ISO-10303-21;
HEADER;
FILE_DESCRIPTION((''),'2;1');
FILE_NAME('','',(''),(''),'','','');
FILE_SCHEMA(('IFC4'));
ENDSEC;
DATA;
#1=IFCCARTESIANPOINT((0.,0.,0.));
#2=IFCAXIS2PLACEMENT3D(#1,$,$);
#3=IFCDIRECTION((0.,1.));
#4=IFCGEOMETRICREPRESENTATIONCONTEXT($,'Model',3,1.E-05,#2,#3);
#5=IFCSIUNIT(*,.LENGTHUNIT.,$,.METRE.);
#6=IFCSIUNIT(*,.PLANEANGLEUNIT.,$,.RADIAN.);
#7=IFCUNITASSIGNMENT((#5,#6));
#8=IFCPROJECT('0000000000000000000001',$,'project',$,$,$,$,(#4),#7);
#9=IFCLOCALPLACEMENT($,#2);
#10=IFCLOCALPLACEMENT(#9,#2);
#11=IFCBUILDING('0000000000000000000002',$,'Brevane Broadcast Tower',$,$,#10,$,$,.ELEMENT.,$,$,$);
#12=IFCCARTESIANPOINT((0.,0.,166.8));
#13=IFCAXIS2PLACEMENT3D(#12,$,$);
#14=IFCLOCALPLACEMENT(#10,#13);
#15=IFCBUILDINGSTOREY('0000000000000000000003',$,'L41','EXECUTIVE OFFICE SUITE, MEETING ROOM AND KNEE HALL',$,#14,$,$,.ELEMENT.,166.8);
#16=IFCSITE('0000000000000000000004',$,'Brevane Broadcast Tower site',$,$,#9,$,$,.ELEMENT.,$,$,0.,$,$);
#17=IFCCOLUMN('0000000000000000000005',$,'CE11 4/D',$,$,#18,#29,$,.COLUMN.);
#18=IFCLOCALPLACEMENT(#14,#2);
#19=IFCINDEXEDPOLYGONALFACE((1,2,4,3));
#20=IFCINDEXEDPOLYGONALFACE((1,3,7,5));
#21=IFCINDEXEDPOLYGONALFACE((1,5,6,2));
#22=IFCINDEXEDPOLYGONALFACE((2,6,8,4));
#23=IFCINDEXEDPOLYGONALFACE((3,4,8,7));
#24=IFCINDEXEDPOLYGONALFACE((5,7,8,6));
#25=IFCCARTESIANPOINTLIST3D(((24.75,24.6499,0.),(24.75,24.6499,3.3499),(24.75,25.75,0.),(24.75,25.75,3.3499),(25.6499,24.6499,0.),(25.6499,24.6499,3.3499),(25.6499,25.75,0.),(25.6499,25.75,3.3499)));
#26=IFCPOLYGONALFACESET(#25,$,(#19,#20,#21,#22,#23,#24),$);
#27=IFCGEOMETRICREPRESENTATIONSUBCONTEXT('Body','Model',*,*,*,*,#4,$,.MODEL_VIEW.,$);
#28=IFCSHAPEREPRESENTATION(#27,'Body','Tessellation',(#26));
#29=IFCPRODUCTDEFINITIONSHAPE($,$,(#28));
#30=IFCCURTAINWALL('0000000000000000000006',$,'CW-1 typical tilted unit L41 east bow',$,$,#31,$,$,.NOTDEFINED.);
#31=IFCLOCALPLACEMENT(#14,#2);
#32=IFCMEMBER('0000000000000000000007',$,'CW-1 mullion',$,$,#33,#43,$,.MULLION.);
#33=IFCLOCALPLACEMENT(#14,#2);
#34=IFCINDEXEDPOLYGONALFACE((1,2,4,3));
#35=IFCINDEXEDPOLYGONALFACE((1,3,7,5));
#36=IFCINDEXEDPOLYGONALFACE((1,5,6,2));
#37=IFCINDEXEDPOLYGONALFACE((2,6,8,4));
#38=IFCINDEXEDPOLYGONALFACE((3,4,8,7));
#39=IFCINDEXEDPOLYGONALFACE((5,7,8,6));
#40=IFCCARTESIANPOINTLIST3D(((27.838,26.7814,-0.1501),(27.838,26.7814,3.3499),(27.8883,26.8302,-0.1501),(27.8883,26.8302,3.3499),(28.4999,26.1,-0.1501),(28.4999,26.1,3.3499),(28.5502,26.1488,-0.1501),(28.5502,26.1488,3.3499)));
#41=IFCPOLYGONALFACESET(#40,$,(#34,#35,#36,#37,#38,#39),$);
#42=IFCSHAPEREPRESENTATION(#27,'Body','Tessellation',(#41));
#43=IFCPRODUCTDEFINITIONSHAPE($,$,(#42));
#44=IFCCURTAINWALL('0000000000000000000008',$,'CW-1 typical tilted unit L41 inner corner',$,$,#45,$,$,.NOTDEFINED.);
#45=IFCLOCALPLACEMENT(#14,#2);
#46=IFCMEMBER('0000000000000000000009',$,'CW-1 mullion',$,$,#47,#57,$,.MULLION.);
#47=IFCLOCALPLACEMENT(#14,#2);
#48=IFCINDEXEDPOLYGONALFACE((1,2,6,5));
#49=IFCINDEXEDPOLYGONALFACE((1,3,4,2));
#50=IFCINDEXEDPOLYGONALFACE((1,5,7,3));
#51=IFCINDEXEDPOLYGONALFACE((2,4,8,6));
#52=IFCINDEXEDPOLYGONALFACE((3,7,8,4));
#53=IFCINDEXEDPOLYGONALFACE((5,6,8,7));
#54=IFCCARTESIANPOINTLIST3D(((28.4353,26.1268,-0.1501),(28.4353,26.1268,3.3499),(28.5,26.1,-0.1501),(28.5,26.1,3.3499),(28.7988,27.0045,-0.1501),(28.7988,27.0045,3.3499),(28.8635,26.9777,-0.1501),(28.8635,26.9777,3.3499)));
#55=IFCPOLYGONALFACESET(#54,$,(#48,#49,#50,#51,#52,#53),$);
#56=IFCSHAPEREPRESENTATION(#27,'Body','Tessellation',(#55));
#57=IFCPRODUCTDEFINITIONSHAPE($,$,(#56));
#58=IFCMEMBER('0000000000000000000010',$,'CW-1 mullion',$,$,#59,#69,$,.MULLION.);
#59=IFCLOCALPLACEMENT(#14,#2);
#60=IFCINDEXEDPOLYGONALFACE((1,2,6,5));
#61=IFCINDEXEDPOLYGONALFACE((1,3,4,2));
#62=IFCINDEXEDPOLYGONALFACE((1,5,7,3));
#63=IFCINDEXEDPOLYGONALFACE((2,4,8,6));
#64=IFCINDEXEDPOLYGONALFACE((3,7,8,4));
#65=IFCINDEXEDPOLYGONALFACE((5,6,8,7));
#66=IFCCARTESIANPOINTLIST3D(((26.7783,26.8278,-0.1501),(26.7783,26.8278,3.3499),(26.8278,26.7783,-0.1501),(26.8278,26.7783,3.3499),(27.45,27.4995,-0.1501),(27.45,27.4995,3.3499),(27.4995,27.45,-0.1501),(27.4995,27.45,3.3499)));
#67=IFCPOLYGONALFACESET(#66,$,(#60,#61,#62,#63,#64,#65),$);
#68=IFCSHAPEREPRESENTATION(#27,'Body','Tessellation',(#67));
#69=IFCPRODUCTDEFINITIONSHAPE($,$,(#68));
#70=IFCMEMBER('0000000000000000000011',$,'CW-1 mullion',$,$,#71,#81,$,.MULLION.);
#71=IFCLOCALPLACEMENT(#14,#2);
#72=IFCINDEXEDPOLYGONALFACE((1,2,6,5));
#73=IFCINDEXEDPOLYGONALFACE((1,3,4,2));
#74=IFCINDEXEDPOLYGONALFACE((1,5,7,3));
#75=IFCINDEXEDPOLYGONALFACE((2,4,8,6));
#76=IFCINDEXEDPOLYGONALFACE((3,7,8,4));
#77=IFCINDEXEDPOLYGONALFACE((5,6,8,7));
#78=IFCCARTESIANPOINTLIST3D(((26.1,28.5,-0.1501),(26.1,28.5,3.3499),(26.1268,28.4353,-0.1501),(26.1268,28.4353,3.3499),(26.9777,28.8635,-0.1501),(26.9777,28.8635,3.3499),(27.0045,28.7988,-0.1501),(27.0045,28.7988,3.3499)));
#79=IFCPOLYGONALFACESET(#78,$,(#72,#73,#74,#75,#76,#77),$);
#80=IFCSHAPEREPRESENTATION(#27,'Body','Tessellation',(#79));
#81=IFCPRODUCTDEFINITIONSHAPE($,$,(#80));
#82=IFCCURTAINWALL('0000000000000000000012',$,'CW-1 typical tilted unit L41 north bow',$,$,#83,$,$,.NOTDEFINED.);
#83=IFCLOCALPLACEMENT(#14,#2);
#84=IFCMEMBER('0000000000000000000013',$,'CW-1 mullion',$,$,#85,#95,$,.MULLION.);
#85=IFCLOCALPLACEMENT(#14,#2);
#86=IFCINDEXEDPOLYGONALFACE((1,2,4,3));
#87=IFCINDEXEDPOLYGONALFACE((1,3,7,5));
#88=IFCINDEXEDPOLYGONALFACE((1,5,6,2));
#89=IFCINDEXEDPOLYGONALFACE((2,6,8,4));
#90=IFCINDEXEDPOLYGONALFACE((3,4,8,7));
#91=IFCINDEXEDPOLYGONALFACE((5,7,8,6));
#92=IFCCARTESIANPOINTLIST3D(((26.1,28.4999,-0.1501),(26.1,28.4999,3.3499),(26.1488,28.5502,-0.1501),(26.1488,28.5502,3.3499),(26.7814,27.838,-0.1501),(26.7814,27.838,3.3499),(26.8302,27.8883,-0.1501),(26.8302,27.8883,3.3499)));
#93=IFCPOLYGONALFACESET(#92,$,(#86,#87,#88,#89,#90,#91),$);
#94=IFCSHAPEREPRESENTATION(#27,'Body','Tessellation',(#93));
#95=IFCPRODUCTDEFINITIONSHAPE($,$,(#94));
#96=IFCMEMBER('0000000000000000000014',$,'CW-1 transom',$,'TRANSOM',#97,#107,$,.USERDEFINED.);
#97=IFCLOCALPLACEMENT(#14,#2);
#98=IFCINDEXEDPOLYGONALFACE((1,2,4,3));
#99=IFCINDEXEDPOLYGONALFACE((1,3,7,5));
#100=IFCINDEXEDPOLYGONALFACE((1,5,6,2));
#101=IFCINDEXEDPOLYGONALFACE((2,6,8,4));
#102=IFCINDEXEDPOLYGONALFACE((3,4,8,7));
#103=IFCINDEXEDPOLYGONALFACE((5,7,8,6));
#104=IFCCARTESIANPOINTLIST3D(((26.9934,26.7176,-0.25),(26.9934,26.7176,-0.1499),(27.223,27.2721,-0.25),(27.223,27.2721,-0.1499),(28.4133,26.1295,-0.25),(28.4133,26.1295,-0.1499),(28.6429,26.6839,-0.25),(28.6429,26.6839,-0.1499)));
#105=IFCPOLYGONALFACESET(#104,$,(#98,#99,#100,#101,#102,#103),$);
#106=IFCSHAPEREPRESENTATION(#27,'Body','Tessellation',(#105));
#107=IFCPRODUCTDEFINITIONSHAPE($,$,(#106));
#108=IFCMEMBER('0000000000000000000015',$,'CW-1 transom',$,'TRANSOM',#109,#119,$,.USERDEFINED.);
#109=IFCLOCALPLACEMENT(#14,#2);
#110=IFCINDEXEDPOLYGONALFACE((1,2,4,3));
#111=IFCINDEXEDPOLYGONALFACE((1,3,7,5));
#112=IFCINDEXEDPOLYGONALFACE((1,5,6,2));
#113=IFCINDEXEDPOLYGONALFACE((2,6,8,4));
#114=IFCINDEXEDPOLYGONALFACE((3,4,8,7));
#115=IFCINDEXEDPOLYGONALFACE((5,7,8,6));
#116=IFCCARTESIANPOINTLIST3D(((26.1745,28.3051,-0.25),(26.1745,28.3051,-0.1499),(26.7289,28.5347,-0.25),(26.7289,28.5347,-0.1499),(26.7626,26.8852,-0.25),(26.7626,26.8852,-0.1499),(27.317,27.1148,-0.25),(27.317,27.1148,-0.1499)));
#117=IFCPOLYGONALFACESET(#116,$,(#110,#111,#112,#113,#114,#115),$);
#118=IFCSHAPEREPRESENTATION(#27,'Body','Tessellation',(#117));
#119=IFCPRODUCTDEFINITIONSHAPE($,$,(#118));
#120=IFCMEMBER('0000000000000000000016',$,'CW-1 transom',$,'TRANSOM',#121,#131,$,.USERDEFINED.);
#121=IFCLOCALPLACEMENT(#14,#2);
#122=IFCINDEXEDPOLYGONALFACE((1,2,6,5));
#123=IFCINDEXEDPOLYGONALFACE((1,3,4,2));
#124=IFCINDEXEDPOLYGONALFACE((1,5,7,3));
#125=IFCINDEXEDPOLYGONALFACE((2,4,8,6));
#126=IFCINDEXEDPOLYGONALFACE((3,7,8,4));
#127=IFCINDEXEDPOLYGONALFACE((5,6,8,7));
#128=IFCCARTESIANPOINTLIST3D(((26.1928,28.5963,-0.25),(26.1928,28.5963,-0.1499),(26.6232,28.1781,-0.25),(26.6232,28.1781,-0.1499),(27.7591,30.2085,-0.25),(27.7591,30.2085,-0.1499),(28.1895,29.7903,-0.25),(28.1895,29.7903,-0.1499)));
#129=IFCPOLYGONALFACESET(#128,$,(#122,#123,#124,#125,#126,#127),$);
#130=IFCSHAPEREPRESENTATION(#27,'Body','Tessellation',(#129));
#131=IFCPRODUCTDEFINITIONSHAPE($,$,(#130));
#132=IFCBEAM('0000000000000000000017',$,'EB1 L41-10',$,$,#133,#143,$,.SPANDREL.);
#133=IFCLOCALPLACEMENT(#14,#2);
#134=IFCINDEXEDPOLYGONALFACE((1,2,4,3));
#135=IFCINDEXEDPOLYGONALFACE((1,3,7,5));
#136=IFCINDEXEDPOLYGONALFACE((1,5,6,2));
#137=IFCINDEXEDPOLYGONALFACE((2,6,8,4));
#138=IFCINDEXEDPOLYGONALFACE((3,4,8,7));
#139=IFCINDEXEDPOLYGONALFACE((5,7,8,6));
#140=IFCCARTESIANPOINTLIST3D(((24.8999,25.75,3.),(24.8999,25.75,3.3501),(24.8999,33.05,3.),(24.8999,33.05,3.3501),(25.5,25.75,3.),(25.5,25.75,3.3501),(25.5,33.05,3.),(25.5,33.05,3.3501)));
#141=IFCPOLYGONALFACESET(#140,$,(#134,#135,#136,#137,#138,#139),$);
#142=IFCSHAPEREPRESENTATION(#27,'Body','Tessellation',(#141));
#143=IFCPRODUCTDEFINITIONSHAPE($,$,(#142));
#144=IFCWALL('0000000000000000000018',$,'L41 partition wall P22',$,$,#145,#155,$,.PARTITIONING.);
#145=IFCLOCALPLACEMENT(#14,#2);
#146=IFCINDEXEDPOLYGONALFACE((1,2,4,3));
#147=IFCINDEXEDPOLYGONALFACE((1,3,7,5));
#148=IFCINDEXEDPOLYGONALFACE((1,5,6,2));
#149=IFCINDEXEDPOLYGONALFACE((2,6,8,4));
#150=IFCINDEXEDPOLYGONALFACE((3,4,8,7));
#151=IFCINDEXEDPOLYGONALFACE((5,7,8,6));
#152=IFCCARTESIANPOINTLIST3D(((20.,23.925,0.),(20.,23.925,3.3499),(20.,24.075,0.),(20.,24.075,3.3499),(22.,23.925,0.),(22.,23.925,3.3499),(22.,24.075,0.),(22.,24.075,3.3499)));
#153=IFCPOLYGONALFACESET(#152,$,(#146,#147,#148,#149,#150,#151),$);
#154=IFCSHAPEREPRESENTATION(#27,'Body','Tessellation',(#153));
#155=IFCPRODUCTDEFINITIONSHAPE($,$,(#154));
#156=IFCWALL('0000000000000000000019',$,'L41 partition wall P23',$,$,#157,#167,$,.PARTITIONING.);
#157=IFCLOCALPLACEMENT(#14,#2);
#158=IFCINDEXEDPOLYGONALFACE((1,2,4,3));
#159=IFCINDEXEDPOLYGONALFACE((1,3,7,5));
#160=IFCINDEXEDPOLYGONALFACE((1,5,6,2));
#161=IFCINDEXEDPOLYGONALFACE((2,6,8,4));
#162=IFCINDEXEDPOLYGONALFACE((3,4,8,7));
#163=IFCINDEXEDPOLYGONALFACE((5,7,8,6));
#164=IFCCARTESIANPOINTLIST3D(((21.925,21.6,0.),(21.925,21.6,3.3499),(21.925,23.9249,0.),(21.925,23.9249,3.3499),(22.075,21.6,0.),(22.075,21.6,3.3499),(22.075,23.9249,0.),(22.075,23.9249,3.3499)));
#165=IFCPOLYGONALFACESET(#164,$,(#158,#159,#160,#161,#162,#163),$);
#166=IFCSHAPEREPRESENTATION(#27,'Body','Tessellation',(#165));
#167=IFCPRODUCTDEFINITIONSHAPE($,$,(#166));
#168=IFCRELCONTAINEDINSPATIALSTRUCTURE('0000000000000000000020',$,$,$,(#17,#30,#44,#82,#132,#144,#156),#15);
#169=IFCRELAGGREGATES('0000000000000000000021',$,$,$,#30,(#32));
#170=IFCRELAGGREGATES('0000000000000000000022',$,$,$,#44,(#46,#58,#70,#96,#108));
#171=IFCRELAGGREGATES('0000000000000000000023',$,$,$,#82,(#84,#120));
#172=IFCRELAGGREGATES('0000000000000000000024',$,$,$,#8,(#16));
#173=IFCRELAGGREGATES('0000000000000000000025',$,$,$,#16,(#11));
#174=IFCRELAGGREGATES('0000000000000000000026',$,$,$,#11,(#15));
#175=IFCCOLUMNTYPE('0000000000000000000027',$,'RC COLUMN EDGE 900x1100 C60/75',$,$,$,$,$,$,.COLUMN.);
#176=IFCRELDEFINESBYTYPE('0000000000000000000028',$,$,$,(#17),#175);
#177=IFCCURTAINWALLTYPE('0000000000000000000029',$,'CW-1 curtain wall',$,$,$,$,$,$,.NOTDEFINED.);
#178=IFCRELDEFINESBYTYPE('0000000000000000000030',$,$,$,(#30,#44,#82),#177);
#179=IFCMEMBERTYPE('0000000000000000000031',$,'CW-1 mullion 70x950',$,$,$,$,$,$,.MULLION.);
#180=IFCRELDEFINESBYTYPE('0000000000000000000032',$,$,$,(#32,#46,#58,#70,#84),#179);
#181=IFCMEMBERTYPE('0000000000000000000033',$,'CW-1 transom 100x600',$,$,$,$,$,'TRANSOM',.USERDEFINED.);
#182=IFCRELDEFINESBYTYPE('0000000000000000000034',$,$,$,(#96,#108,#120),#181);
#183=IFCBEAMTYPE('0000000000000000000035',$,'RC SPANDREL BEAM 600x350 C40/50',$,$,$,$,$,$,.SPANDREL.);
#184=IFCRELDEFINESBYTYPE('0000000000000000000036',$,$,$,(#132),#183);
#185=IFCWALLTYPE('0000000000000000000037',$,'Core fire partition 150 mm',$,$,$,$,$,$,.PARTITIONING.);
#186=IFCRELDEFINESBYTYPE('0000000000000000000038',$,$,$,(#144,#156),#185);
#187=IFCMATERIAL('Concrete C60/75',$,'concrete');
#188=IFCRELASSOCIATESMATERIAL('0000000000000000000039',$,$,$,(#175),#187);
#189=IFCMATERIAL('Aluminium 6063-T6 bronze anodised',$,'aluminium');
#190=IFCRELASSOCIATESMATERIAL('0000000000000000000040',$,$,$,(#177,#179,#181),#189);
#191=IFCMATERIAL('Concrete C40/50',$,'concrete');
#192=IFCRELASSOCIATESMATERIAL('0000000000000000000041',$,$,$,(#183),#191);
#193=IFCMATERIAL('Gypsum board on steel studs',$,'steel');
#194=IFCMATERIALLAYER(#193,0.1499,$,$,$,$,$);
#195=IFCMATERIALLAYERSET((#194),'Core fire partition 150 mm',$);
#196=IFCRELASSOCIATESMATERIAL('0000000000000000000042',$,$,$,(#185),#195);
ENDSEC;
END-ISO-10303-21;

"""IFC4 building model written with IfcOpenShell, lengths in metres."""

from ifc_helpers import new_model, si_unit, direction, frame, frame_2d, origin, origin_2d, place, context, subcontext, project, spatial, rectangle, extrude, material, layer, layer_set, material_profile, profile_set, type_object, element, aggregate, save


model = new_model("IFC4")

# Units and contexts
model_context = context("Model", 3, precision=1e-05, world=origin(), true_north=direction((0.0, 1.0)))
body_context = subcontext(model_context, "Body", "Model", "MODEL_VIEW")
ifc_project = project(units=[si_unit("LENGTHUNIT", "METRE"), si_unit("PLANEANGLEUNIT", "RADIAN")], contexts=[model_context])

# Site, building, storey
site_placement = place(None, origin())
site = spatial("IfcSite", under=ifc_project, at=site_placement, Name="Brevane Broadcast Tower site", CompositionType="ELEMENT", RefElevation=0.0)
building_placement = place(site_placement, origin())
building = spatial("IfcBuilding", under=site, at=building_placement, Name="Brevane Broadcast Tower", CompositionType="ELEMENT")
storey_placement = place(building_placement, frame((0.0, 0.0, 166.8)))
storey = spatial("IfcBuildingStorey", under=building, at=storey_placement, Name="L41", Description="EXECUTIVE OFFICE SUITE, MEETING ROOM AND KNEE HALL", CompositionType="ELEMENT", Elevation=166.8)

# Column
ifc_material_1 = material(Name="Concrete C60/75", Category="concrete")
ifc_material_profile_1 = material_profile(ifc_material_1, rectangle(XDim=0.8999, YDim=1.1001, at=origin_2d()), Name="RC 900x1100")
ifc_profile_set_1 = profile_set([ifc_material_profile_1], Name="Concrete C60/75")
column_type = type_object("IfcColumnType", Name="RC COLUMN EDGE 900x1100 C60/75", PredefinedType="COLUMN", material=ifc_profile_set_1)
column_placement = place(storey_placement, frame((25.2, 25.2, 0.0), z_axis=(0.0, 0.0, 1.0), x_axis=(1.0, 0.0, 0.0)))
element("IfcColumn", 1, at=column_placement, inside=storey, type_object=column_type, Name="CE11 4/D", PredefinedType="COLUMN", context=body_context, shape_type="SweptSolid", body=[
    extrude(rectangle(XDim=0.8999, YDim=1.1001, at=origin_2d()), origin(), (0.0, 0.0, 1.0), 3.3499),
])

# Curtain wall, member
ifc_material_2 = material(Name="Aluminium 6063-T6 bronze anodised", Category="aluminium")
curtain_wall_type = type_object("IfcCurtainWallType", Name="CW-1 curtain wall", PredefinedType="NOTDEFINED", material=ifc_material_2)
curtain_wall_1_placement = place(storey_placement, origin())
curtain_wall_1 = element("IfcCurtainWall", 2, at=curtain_wall_1_placement, inside=storey, type_object=curtain_wall_type, Name="CW-1 typical tilted unit L41 east bow", PredefinedType="NOTDEFINED")
ifc_material_profile_2 = material_profile(ifc_material_2, rectangle(XDim=0.95, YDim=0.0701, at=origin_2d()), Name="RECT 70x950")
ifc_profile_set_2 = profile_set([ifc_material_profile_2], Name="Aluminium 6063-T6 bronze anodised")
member_type_1 = type_object("IfcMemberType", Name="CW-1 mullion 70x950", PredefinedType="MULLION", material=ifc_profile_set_2)
member_1_placement = place(storey_placement, frame((28.1941, 26.4651, -0.1501), z_axis=(0.0, 0.0, 1.0), x_axis=(0.696812, -0.717254, 0.0)))
member_1 = element("IfcMember", 3, at=member_1_placement, type_object=member_type_1, Name="CW-1 mullion", PredefinedType="MULLION", context=body_context, shape_type="SweptSolid", body=[
    extrude(rectangle(XDim=0.95, YDim=0.0701, at=origin_2d()), origin(), (0.0, 0.0, 1.0), 3.5),
])
aggregate(curtain_wall_1, [member_1])

# Curtain wall, members
curtain_wall_2_placement = place(storey_placement, origin())
curtain_wall_2 = element("IfcCurtainWall", 4, at=curtain_wall_2_placement, inside=storey, type_object=curtain_wall_type, Name="CW-1 typical tilted unit L41 inner corner", PredefinedType="NOTDEFINED")
member_2_placement = place(storey_placement, frame((28.6494, 26.5522, -0.1501), z_axis=(0.0, 0.0, 1.0), x_axis=(-0.382683, -0.92388, 0.0)))
member_2 = element("IfcMember", 5, at=member_2_placement, type_object=member_type_1, Name="CW-1 mullion", PredefinedType="MULLION", context=body_context, shape_type="SweptSolid", body=[
    extrude(rectangle(XDim=0.95, YDim=0.0701, at=origin_2d()), origin(), (0.0, 0.0, 1.0), 3.5),
])
member_3_placement = place(storey_placement, frame((27.1389, 27.1389, -0.1501), z_axis=(0.0, 0.0, 1.0), x_axis=(-0.707107, -0.707107, 0.0)))
member_3 = element("IfcMember", 6, at=member_3_placement, type_object=member_type_1, Name="CW-1 mullion", PredefinedType="MULLION", context=body_context, shape_type="SweptSolid", body=[
    extrude(rectangle(XDim=0.95, YDim=0.0701, at=origin_2d()), origin(), (0.0, 0.0, 1.0), 3.5),
])
member_4_placement = place(storey_placement, frame((26.5522, 28.6494, -0.1501), z_axis=(0.0, 0.0, 1.0), x_axis=(-0.92388, -0.382683, 0.0)))
member_4 = element("IfcMember", 7, at=member_4_placement, type_object=member_type_1, Name="CW-1 mullion", PredefinedType="MULLION", context=body_context, shape_type="SweptSolid", body=[
    extrude(rectangle(XDim=0.95, YDim=0.0701, at=origin_2d()), origin(), (0.0, 0.0, 1.0), 3.5),
])

# Curtain wall, member
curtain_wall_3_placement = place(storey_placement, origin())
curtain_wall_3 = element("IfcCurtainWall", 8, at=curtain_wall_3_placement, inside=storey, type_object=curtain_wall_type, Name="CW-1 typical tilted unit L41 north bow", PredefinedType="NOTDEFINED")
member_5_placement = place(storey_placement, frame((26.4651, 28.1941, -0.1501), z_axis=(0.0, 0.0, 1.0), x_axis=(-0.717254, 0.696812, 0.0)))
member_5 = element("IfcMember", 9, at=member_5_placement, type_object=member_type_1, Name="CW-1 mullion", PredefinedType="MULLION", context=body_context, shape_type="SweptSolid", body=[
    extrude(rectangle(XDim=0.95, YDim=0.0701, at=origin_2d()), origin(), (0.0, 0.0, 1.0), 3.5),
])

# Members
ifc_material_profile_3 = material_profile(ifc_material_2, rectangle(XDim=0.6001, YDim=0.1001, at=origin_2d()), Name="RECT 100x600")
ifc_profile_set_3 = profile_set([ifc_material_profile_3], Name="Aluminium 6063-T6 bronze anodised")
member_type_2 = type_object("IfcMemberType", Name="CW-1 transom 100x600", ElementType="TRANSOM", PredefinedType="USERDEFINED", material=ifc_profile_set_3)
member_6_placement = place(storey_placement, frame((28.5281, 26.4067, -0.2), z_axis=(-0.923883, 0.382674, 0.0), x_axis=(-0.382674, -0.923883, 0.0)))
member_6 = element("IfcMember", 10, at=member_6_placement, type_object=member_type_2, Name="CW-1 transom", ObjectType="TRANSOM", PredefinedType="USERDEFINED", context=body_context, shape_type="SweptSolid", body=[
    extrude(rectangle(XDim=0.6001, YDim=0.1001, at=origin_2d()), origin(), (0.0, 0.0, 1.0), 1.5369),
])
member_7_placement = place(storey_placement, frame((27.0398, 27.0, -0.2), z_axis=(-0.382674, 0.923883, 0.0), x_axis=(-0.923883, -0.382674, 0.0)))
member_7 = element("IfcMember", 11, at=member_7_placement, type_object=member_type_2, Name="CW-1 transom", ObjectType="TRANSOM", PredefinedType="USERDEFINED", context=body_context, shape_type="SweptSolid", body=[
    extrude(rectangle(XDim=0.6001, YDim=0.1001, at=origin_2d()), origin(), (0.0, 0.0, 1.0), 1.5369),
])
aggregate(curtain_wall_2, [member_2, member_3, member_4, member_6, member_7])
member_8_placement = place(storey_placement, frame((26.408, 28.3872, -0.2), z_axis=(0.696824, 0.717242, 0.0), x_axis=(-0.717242, 0.696824, 0.0)))
member_8 = element("IfcMember", 12, at=member_8_placement, type_object=member_type_2, Name="CW-1 transom", ObjectType="TRANSOM", PredefinedType="USERDEFINED", context=body_context, shape_type="SweptSolid", body=[
    extrude(rectangle(XDim=0.6001, YDim=0.1001, at=origin_2d()), origin(), (0.0, 0.0, 1.0), 2.2478),
])
aggregate(curtain_wall_3, [member_5, member_8])

# Beam
ifc_material_3 = material(Name="Concrete C40/50", Category="concrete")
ifc_material_profile_4 = material_profile(ifc_material_3, rectangle(XDim=0.6001, YDim=0.3501, at=origin_2d()), Name="RC 600x350")
ifc_profile_set_4 = profile_set([ifc_material_profile_4], Name="Concrete C40/50")
beam_type = type_object("IfcBeamType", Name="RC SPANDREL BEAM 600x350 C40/50", PredefinedType="SPANDREL", material=ifc_profile_set_4)
beam_placement = place(storey_placement, frame((25.2, 25.75, 3.175), z_axis=(0.0, 1.0, 0.0), x_axis=(-1.0, 0.0, 0.0)))
element("IfcBeam", 13, at=beam_placement, inside=storey, type_object=beam_type, Name="EB1 L41-10", PredefinedType="SPANDREL", context=body_context, shape_type="SweptSolid", body=[
    extrude(rectangle(XDim=0.6001, YDim=0.3501, at=origin_2d()), origin(), (0.0, 0.0, 1.0), 7.3),
])

# Walls
ifc_material_4 = material(Name="Gypsum board on steel studs", Category="steel")
ifc_layer_1 = layer(ifc_material_4, 0.1499)
ifc_layer_set_1 = layer_set([ifc_layer_1], Name="Core fire partition 150 mm")
wall_type_1 = type_object("IfcWallType", Name="Core fire partition 150 mm", PredefinedType="PARTITIONING", material=ifc_layer_set_1)
wall_1_placement = place(storey_placement, frame((20.0, 24.0, 0.0), z_axis=(0.0, 0.0, 1.0), x_axis=(1.0, 0.0, 0.0)))
element("IfcWall", 14, at=wall_1_placement, inside=storey, type_object=wall_type_1, Name="L41 partition wall P22", PredefinedType="PARTITIONING", context=body_context, shape_type="SweptSolid", body=[
    extrude(rectangle(XDim=2.0, YDim=0.1499, at=frame_2d((1.0, 0.0))), origin(), (0.0, 0.0, 1.0), 3.3499),
])
wall_2_placement = place(storey_placement, frame((22.0, 23.925, 0.0), z_axis=(0.0, 0.0, 1.0), x_axis=(0.0, -1.0, 0.0)))
element("IfcWall", 15, at=wall_2_placement, inside=storey, type_object=wall_type_1, Name="L41 partition wall P23", PredefinedType="PARTITIONING", context=body_context, shape_type="SweptSolid", body=[
    extrude(rectangle(XDim=2.325, YDim=0.1499, at=frame_2d((1.1626, 0.0))), origin(), (0.0, 0.0, 1.0), 3.3499),
])

save(model, "model.ifc")
